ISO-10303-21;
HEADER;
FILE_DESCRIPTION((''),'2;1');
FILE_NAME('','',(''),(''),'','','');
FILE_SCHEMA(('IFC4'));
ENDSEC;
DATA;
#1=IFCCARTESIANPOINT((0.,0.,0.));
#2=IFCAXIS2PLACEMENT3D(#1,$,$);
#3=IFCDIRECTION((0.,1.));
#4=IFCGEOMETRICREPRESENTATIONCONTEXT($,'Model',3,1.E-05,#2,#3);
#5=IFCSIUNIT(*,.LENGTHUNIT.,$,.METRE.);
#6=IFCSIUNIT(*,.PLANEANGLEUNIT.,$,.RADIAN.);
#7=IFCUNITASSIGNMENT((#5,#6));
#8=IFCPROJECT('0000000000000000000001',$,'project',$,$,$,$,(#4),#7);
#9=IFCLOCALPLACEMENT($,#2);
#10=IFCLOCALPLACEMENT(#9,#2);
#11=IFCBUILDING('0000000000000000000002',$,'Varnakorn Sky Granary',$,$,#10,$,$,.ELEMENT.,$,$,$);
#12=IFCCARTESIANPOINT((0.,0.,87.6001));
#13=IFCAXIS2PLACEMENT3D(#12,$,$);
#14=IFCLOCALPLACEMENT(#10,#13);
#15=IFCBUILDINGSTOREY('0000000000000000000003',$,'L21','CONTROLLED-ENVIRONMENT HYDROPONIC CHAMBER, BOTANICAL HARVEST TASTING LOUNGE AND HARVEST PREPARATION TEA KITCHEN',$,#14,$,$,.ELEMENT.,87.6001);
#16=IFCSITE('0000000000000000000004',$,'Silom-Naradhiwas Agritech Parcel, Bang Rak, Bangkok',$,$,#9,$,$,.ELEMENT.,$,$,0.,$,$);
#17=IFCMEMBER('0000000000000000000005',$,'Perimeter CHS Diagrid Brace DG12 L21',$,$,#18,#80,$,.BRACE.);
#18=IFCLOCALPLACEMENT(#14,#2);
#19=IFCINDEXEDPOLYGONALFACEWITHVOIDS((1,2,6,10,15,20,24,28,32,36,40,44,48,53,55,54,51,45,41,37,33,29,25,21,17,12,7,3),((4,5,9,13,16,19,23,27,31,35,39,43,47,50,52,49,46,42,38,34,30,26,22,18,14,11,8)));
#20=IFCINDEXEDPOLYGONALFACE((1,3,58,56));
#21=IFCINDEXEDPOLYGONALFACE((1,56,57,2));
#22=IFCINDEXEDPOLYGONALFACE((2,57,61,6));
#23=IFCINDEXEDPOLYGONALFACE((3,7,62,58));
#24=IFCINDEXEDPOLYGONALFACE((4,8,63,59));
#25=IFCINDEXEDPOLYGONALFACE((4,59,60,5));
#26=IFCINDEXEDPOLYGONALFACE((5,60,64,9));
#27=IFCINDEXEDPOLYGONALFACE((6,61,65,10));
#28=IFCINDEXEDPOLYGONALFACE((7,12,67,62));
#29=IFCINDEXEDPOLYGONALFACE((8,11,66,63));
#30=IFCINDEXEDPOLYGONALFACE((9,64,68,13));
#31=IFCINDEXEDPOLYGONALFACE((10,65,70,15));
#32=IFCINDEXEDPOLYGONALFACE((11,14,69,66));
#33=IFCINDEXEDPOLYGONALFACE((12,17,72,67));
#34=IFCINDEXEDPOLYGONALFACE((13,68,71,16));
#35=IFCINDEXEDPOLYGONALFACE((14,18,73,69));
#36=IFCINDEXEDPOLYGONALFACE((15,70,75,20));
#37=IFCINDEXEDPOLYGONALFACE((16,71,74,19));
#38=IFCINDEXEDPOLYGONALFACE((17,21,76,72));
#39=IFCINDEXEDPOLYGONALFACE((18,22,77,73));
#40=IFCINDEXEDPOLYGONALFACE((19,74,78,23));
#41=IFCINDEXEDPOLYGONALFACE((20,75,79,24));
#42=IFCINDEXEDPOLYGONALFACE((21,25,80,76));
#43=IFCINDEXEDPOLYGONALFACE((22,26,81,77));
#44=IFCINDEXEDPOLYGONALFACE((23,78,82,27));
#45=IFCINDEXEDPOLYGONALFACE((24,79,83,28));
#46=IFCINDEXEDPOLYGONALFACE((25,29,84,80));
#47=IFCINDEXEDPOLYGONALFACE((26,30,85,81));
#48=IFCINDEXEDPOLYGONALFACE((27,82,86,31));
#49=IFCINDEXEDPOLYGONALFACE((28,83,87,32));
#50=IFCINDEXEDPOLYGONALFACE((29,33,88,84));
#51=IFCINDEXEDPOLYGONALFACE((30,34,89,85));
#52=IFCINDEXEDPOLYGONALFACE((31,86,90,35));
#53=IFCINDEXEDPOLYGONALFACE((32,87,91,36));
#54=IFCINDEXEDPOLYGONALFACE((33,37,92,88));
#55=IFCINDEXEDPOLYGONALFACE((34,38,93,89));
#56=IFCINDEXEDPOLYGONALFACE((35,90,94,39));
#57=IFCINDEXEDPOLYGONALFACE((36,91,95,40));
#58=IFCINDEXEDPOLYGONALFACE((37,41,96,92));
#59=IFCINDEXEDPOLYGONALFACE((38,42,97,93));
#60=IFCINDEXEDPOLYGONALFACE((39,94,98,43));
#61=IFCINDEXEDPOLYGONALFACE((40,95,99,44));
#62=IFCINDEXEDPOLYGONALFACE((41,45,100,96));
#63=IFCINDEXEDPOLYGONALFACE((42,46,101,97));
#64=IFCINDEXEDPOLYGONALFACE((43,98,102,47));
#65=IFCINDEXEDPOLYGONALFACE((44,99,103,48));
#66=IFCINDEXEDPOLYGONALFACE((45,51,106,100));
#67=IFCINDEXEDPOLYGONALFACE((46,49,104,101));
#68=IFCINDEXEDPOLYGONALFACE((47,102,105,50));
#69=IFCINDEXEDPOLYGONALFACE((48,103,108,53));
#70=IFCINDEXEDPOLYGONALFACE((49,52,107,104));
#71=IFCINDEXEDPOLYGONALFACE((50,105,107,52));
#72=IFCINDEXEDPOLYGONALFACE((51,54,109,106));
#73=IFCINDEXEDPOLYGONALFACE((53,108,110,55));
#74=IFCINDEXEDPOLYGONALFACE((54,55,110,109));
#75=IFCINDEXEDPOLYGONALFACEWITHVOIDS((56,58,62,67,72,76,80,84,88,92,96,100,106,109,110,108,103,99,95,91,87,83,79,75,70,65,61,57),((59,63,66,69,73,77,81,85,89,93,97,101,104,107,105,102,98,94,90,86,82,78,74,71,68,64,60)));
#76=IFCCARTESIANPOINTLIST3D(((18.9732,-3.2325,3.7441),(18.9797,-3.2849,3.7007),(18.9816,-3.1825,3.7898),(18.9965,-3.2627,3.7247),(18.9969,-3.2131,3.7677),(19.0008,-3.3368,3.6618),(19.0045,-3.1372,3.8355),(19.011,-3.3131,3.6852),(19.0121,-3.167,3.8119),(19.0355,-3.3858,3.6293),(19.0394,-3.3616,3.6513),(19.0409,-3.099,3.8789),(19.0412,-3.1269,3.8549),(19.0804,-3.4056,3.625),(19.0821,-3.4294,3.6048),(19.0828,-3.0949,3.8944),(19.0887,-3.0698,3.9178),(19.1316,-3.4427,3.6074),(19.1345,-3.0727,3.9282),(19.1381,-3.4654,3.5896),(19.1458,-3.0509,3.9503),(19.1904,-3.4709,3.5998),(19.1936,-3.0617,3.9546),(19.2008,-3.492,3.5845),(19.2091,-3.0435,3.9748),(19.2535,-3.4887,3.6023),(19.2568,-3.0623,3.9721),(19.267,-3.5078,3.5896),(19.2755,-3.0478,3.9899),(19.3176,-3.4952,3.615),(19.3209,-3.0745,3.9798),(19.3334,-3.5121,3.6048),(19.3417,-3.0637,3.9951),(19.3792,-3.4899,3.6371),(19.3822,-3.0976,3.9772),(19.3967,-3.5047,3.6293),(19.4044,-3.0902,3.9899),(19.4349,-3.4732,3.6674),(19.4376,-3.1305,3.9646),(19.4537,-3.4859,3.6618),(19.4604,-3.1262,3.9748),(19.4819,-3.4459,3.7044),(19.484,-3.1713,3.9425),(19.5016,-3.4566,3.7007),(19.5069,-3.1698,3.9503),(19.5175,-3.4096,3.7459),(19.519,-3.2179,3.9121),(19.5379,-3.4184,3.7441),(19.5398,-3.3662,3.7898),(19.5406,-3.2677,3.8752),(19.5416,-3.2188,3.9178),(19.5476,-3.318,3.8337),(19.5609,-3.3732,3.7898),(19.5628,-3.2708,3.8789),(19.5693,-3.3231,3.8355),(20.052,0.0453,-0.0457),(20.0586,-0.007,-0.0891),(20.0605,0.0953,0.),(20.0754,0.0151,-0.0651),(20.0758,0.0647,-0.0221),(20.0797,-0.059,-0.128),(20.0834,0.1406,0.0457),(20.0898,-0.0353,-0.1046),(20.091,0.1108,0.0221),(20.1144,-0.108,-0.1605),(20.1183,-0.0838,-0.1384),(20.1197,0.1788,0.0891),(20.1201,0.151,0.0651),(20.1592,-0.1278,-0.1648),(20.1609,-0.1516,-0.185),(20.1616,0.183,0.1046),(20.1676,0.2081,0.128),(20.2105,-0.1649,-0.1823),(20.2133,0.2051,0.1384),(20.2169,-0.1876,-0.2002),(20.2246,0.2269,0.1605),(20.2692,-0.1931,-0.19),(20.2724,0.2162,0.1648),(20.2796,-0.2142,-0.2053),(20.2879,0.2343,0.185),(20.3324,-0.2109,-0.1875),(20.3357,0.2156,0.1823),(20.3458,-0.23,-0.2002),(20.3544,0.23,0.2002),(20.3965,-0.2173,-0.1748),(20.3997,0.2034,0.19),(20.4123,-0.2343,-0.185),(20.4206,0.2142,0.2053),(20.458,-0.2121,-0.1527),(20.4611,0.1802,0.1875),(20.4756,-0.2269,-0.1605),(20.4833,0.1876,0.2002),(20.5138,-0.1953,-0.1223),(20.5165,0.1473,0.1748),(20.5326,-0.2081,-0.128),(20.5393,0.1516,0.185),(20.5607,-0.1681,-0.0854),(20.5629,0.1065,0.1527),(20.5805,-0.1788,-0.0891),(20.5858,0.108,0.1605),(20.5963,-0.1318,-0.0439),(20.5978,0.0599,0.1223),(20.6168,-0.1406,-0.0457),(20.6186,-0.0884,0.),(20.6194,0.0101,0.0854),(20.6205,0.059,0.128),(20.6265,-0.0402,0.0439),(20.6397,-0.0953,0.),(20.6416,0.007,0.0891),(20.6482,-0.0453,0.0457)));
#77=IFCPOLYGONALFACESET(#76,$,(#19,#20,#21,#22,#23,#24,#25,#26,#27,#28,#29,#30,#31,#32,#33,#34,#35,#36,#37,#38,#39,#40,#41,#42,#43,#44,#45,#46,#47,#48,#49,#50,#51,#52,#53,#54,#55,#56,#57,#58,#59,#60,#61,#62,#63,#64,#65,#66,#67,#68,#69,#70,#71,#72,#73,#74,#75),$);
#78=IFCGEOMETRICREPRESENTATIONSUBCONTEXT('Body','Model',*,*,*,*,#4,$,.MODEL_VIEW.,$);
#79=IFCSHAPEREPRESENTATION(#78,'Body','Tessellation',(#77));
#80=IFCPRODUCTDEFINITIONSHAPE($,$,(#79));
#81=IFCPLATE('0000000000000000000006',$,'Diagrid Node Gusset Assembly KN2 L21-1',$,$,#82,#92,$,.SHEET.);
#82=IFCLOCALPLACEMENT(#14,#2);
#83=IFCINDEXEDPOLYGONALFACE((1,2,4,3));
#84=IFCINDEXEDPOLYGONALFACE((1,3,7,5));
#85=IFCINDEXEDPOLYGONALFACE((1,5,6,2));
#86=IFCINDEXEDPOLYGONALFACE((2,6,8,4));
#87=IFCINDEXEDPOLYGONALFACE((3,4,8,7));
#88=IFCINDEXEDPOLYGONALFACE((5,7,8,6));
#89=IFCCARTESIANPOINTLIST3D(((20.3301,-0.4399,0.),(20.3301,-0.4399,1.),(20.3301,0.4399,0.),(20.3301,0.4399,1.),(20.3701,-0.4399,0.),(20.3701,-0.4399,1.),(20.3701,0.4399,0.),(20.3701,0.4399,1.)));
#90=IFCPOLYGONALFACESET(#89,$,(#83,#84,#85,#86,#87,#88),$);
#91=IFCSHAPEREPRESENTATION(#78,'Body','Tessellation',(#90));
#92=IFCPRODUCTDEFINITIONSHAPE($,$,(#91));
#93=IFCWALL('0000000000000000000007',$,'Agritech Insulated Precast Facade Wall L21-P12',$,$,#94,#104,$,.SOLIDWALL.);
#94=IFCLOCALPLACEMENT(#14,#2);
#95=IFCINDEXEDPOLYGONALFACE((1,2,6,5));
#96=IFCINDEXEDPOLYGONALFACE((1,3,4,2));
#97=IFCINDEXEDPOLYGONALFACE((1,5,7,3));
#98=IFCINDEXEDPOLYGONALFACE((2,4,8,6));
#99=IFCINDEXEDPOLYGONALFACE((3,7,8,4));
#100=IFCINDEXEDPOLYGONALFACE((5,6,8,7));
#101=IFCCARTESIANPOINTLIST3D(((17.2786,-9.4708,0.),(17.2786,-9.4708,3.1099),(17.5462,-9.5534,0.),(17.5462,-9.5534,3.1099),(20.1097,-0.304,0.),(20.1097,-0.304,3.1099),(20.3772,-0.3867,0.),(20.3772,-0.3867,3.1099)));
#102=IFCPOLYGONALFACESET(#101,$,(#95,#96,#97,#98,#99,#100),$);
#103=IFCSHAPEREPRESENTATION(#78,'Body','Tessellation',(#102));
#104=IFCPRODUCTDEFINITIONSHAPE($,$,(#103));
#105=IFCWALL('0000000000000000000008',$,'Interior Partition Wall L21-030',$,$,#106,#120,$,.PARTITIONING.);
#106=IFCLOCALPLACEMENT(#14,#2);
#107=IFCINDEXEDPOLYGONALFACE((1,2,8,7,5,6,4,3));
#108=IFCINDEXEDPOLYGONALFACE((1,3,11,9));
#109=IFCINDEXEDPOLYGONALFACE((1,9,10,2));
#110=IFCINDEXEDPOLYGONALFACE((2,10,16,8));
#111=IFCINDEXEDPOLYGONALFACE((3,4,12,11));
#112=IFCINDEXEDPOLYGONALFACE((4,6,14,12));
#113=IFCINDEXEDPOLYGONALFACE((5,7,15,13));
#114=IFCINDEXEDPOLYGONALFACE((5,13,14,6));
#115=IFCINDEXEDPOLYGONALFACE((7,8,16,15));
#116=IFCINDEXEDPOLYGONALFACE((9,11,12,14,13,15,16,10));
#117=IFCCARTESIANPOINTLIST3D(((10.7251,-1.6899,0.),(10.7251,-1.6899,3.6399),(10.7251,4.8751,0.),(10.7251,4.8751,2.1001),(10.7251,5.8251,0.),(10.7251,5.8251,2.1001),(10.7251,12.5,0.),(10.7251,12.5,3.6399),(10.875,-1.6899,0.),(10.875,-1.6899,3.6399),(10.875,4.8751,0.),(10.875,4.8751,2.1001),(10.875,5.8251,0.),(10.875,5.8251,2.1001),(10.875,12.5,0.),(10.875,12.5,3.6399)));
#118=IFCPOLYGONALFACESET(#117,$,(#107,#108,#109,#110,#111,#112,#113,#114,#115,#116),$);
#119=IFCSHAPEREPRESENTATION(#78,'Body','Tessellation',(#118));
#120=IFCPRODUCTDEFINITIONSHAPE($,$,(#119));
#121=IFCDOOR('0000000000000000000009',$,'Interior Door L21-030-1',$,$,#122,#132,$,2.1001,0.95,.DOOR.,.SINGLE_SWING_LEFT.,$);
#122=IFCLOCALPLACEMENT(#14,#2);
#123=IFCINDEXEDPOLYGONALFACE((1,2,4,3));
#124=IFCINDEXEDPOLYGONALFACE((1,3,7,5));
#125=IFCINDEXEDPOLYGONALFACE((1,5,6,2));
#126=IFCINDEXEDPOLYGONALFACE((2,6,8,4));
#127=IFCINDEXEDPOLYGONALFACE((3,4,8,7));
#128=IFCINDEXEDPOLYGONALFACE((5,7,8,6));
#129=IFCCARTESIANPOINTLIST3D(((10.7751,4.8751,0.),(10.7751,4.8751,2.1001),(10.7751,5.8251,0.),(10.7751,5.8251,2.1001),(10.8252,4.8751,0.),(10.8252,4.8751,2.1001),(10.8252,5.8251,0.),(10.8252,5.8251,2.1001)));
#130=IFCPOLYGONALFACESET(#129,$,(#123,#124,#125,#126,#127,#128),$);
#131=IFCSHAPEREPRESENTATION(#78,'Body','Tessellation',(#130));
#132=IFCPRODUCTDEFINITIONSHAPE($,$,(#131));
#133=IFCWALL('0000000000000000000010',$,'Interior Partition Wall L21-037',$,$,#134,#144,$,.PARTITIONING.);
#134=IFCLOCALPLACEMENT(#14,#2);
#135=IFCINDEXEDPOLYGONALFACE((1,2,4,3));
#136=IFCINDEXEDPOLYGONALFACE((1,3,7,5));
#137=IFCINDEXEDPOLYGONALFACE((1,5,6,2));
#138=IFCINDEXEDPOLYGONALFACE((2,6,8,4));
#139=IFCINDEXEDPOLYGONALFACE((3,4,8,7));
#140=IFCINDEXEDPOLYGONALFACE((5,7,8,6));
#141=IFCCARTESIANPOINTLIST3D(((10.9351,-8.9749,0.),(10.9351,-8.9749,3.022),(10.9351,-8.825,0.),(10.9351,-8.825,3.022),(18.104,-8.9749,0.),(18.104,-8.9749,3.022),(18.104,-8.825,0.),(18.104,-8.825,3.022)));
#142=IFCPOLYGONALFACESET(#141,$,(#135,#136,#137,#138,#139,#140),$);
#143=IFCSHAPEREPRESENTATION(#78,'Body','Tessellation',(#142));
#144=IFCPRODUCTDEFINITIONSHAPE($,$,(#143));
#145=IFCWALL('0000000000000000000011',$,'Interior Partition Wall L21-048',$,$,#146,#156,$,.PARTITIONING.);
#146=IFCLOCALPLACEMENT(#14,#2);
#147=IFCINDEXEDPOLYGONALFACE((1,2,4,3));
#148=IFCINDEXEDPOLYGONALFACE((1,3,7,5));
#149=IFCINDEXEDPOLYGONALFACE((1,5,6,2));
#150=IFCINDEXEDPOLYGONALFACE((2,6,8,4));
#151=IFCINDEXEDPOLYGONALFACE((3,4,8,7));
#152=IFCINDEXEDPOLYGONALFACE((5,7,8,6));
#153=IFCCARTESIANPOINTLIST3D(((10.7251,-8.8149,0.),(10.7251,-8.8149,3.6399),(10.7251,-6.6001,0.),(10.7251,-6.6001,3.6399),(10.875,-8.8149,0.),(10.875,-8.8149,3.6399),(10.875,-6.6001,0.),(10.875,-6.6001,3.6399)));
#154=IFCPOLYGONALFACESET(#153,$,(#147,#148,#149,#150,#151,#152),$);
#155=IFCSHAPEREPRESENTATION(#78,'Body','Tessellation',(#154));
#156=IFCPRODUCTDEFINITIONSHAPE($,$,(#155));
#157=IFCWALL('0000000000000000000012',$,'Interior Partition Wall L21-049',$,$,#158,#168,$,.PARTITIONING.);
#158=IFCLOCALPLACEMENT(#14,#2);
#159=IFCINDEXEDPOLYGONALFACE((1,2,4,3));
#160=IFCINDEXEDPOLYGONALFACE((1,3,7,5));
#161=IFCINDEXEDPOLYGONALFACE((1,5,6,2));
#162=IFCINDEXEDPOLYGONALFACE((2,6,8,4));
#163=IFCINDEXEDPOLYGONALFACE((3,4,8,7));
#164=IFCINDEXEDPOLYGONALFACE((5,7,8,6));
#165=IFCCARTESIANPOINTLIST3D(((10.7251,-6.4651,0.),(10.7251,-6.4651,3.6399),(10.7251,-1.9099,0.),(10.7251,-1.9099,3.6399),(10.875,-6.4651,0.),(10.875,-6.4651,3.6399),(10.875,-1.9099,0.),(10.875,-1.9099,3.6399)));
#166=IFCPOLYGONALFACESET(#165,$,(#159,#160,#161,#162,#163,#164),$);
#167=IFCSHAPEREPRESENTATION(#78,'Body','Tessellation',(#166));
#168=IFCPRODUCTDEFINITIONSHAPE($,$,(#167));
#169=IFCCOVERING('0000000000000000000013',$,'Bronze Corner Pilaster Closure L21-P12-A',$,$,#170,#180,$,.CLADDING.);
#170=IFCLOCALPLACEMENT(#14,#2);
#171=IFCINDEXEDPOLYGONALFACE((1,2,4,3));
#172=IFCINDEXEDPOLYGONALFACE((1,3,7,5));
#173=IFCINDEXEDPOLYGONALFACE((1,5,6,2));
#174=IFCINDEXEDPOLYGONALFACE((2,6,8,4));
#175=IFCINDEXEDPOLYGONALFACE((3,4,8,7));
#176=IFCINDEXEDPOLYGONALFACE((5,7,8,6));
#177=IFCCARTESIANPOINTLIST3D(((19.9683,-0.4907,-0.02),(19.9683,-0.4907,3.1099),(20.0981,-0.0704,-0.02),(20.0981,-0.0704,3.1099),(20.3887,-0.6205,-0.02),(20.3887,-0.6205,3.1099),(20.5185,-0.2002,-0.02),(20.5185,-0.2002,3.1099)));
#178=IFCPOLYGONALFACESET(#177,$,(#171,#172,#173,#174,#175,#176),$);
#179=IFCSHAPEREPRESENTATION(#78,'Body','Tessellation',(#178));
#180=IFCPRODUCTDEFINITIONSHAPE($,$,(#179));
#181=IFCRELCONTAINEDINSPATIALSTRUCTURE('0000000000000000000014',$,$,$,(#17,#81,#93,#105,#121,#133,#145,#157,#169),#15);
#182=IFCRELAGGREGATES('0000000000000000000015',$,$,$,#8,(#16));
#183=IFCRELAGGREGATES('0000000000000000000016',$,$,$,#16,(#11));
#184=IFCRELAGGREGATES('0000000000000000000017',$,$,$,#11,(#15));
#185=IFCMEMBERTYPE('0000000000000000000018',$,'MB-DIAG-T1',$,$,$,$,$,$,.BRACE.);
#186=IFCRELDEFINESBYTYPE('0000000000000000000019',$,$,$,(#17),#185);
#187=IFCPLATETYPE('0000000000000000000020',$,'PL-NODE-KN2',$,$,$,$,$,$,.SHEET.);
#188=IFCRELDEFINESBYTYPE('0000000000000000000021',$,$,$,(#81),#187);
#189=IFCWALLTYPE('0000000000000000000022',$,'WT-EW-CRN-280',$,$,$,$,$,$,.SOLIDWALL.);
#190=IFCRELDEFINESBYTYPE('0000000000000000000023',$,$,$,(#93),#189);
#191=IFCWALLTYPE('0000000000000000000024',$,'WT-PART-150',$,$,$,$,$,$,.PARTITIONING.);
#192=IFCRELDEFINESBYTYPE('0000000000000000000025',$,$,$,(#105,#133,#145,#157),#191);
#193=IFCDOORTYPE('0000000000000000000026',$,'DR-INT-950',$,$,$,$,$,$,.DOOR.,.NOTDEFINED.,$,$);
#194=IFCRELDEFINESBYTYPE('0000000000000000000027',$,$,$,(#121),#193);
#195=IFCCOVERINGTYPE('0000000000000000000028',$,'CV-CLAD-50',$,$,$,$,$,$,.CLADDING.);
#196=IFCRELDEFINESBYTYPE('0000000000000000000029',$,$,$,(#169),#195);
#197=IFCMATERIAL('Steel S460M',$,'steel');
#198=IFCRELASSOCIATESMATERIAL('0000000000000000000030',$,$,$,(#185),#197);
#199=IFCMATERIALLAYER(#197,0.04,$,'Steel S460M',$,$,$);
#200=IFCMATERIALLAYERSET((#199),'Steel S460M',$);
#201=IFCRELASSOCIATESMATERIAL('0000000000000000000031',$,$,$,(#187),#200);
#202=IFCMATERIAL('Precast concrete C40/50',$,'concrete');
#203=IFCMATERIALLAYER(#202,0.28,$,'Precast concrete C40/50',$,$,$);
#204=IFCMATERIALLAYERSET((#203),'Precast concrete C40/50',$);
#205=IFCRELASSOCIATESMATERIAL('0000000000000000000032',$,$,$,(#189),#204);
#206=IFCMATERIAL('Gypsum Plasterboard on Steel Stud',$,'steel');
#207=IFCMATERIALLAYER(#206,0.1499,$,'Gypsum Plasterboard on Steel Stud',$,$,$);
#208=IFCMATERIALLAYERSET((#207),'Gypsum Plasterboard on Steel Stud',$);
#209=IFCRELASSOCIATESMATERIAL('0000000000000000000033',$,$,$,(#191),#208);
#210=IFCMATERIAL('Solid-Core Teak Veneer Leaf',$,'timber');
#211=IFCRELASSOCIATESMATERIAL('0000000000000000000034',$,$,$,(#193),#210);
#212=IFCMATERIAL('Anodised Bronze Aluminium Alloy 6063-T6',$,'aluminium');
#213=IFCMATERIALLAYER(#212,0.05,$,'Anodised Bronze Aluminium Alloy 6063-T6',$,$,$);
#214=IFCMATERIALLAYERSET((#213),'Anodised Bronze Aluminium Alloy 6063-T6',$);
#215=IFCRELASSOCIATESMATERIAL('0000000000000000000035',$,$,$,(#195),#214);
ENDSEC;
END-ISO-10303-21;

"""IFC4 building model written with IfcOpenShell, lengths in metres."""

from ifc_helpers import new_model, si_unit, direction, frame, frame_2d, origin, origin_2d, place, context, subcontext, project, spatial, rectangle, hollow_circle, extrude, source, transform, mapped, material, layer, layer_set, material_profile, profile_set, type_object, type_shapes, element, fill, save


model = new_model("IFC4")

# Units and contexts
model_context = context("Model", 3, precision=1e-05, world=origin(), true_north=direction((0.0, 1.0)))
body_context = subcontext(model_context, "Body", "Model", "MODEL_VIEW")
ifc_project = project(units=[si_unit("LENGTHUNIT", "METRE"), si_unit("PLANEANGLEUNIT", "RADIAN")], contexts=[model_context])

# Site, building, storey
site_placement = place(None, origin())
site = spatial("IfcSite", under=ifc_project, at=site_placement, Name="Silom-Naradhiwas Agritech Parcel, Bang Rak, Bangkok", CompositionType="ELEMENT", RefElevation=0.0)
building_placement = place(site_placement, origin())
building = spatial("IfcBuilding", under=site, at=building_placement, Name="Varnakorn Sky Granary", CompositionType="ELEMENT")
storey_placement = place(building_placement, frame((0.0, 0.0, 87.6001)))
storey = spatial("IfcBuildingStorey", under=building, at=storey_placement, Name="L21", Description="CONTROLLED-ENVIRONMENT HYDROPONIC CHAMBER, BOTANICAL HARVEST TASTING LOUNGE AND HARVEST PREPARATION TEA KITCHEN", CompositionType="ELEMENT", Elevation=87.6001)

# Shared definitions
ifc_material_1 = material(Name="Steel S460M", Category="steel")

# Shared definitions
ifc_material_2 = material(Name="Anodised Bronze Aluminium Alloy 6063-T6", Category="aluminium")

# Member
ifc_material_profile_1 = material_profile(ifc_material_1, hollow_circle(Radius=0.3049, WallThickness=0.0222, at=origin_2d()), Name="CHS 610x22")
ifc_profile_set_1 = profile_set([ifc_material_profile_1], Name="Steel S460M")
member_type_1 = type_object("IfcMemberType", Name="MB-DIAG-T1", PredefinedType="BRACE", material=ifc_profile_set_1)
for number, where, z_axis, x_axis, name in (
    (1, (20.3501, 0.0, 0.0), (-0.210489, -0.639516, 0.739401), (0.949872, -0.312639, 0.0), "Perimeter CHS Diagrid Brace DG12 L21"),
):
    element("IfcMember", number, at=place(storey_placement, frame(where, z_axis=z_axis, x_axis=x_axis)), inside=storey, type_object=member_type_1, Name=name, PredefinedType="BRACE", context=body_context, shape_type="SweptSolid", body=[
        extrude(hollow_circle(Radius=0.3049, WallThickness=0.0222, at=origin_2d()), origin(), (0.0, 0.0, 1.0), 5.1255),
    ])

# Plate
ifc_layer_1 = layer(ifc_material_1, 0.04, Name="Steel S460M")
ifc_layer_set_1 = layer_set([ifc_layer_1], Name="Steel S460M")
plate_type = type_object("IfcPlateType", Name="PL-NODE-KN2", PredefinedType="SHEET", material=ifc_layer_set_1)
plate_placement = place(storey_placement, frame((20.3501, 0.0, 0.0), z_axis=(0.0, 0.0, 1.0), x_axis=(0.0, 1.0, 0.0)))
element("IfcPlate", 2, at=plate_placement, inside=storey, type_object=plate_type, Name="Diagrid Node Gusset Assembly KN2 L21-1", PredefinedType="SHEET", context=body_context, shape_type="SweptSolid", body=[
    extrude(rectangle(XDim=0.8799, YDim=0.04, at=origin_2d()), origin(), (0.0, 0.0, 1.0), 1.0),
])

# Wall
ifc_material_3 = material(Name="Precast concrete C40/50", Category="concrete")
ifc_layer_2 = layer(ifc_material_3, 0.28, Name="Precast concrete C40/50")
ifc_layer_set_2 = layer_set([ifc_layer_2], Name="Precast concrete C40/50")
wall_type_1 = type_object("IfcWallType", Name="WT-EW-CRN-280", PredefinedType="SOLIDWALL", material=ifc_layer_set_2)
wall_1_placement = place(storey_placement, frame((20.2434, -0.3455, 0.0), z_axis=(0.0, 0.0, 1.0), x_axis=(-0.295087, -0.95547, 0.0)))
element("IfcWall", 3, at=wall_1_placement, inside=storey, type_object=wall_type_1, Name="Agritech Insulated Precast Facade Wall L21-P12", PredefinedType="SOLIDWALL", context=body_context, shape_type="SweptSolid", body=[
    extrude(rectangle(XDim=9.594, YDim=0.28, at=frame_2d((4.7969, 0.0))), origin(), (0.0, 0.0, 1.0), 3.1099),
])

# Wall, opening, door
ifc_material_4 = material(Name="Gypsum Plasterboard on Steel Stud", Category="steel")
ifc_layer_3 = layer(ifc_material_4, 0.1499, Name="Gypsum Plasterboard on Steel Stud")
ifc_layer_set_3 = layer_set([ifc_layer_3], Name="Gypsum Plasterboard on Steel Stud")
wall_type_2 = type_object("IfcWallType", Name="WT-PART-150", PredefinedType="PARTITIONING", material=ifc_layer_set_3)
wall_2_placement = place(storey_placement, frame((10.8, -1.6899, 0.0), z_axis=(0.0, 0.0, 1.0), x_axis=(0.0, 1.0, 0.0)))
wall_2 = element("IfcWall", 4, at=wall_2_placement, inside=storey, type_object=wall_type_2, Name="Interior Partition Wall L21-030", PredefinedType="PARTITIONING", context=body_context, shape_type="SweptSolid", body=[
    extrude(rectangle(XDim=14.1899, YDim=0.1499, at=frame_2d((7.095, 0.0))), origin(), (0.0, 0.0, 1.0), 3.6399),
])
opening_placement = place(wall_2_placement, frame((6.5649, 0.0, 0.0)))
opening = element("IfcOpeningElement", 5, at=opening_placement, cuts=wall_2, PredefinedType="OPENING", context=body_context, shape_type="SweptSolid", body=[
    extrude(rectangle(XDim=0.95, YDim=2.1001, at=frame_2d((0.4751, 1.05))), frame((0.0, 0.085, 0.0), z_axis=(0.0, -1.0, 0.0), x_axis=(1.0, 0.0, 0.0)), (0.0, 0.0, 1.0), 0.1699),
])
ifc_material_5 = material(Name="Solid-Core Teak Veneer Leaf", Category="timber")
door_type = type_object("IfcDoorType", Name="DR-INT-950", OperationType="NOTDEFINED", PredefinedType="DOOR", material=ifc_material_5)
door_placement = place(opening_placement, origin())
door = element("IfcDoor", 6, at=door_placement, inside=storey, type_object=door_type, Name="Interior Door L21-030-1", OperationType="SINGLE_SWING_LEFT", OverallHeight=2.1001, OverallWidth=0.95, PredefinedType="DOOR", context=body_context, shape_type="SweptSolid", body=[
    extrude(rectangle(XDim=0.95, YDim=2.1001, at=frame_2d((0.4751, 1.05))), frame((0.0, 0.0249, 0.0), z_axis=(0.0, -1.0, 0.0), x_axis=(1.0, 0.0, 0.0)), (0.0, 0.0, 1.0), 0.05),
])
fill(opening, door)

# Walls
wall_3_placement = place(storey_placement, frame((10.9351, -8.8999, 0.0), z_axis=(0.0, 0.0, 1.0), x_axis=(1.0, 0.0, 0.0)))
element("IfcWall", 7, at=wall_3_placement, inside=storey, type_object=wall_type_2, Name="Interior Partition Wall L21-037", PredefinedType="PARTITIONING", context=body_context, shape_type="SweptSolid", body=[
    extrude(rectangle(XDim=7.1689, YDim=0.1499, at=frame_2d((3.5845, 0.0))), origin(), (0.0, 0.0, 1.0), 3.022),
])
wall_4_placement = place(storey_placement, frame((10.8, -8.8149, 0.0), z_axis=(0.0, 0.0, 1.0), x_axis=(0.0, 1.0, 0.0)))
element("IfcWall", 8, at=wall_4_placement, inside=storey, type_object=wall_type_2, Name="Interior Partition Wall L21-048", PredefinedType="PARTITIONING", context=body_context, shape_type="SweptSolid", body=[
    extrude(rectangle(XDim=2.2148, YDim=0.1499, at=frame_2d((1.1074, 0.0))), origin(), (0.0, 0.0, 1.0), 3.6399),
])
wall_5_placement = place(storey_placement, frame((10.8, -6.4651, 0.0), z_axis=(0.0, 0.0, 1.0), x_axis=(0.0, 1.0, 0.0)))
element("IfcWall", 9, at=wall_5_placement, inside=storey, type_object=wall_type_2, Name="Interior Partition Wall L21-049", PredefinedType="PARTITIONING", context=body_context, shape_type="SweptSolid", body=[
    extrude(rectangle(XDim=4.5552, YDim=0.1499, at=frame_2d((2.2776, 0.0))), origin(), (0.0, 0.0, 1.0), 3.6399),
])

# Covering
ifc_layer_4 = layer(ifc_material_2, 0.05, Name="Anodised Bronze Aluminium Alloy 6063-T6")
ifc_layer_set_4 = layer_set([ifc_layer_4], Name="Anodised Bronze Aluminium Alloy 6063-T6")
covering_type = type_object("IfcCoveringType", Name="CV-CLAD-50", PredefinedType="CLADDING", material=ifc_layer_set_4)
shared_shape = source(origin(), body_context, "Body", "SweptSolid", [
    extrude(rectangle(XDim=0.4399, YDim=0.4399, at=origin_2d()), origin(), (0.0, 0.0, 1.0), 3.1299),
])
type_shapes(covering_type, [shared_shape])
for number, where, z_axis, x_axis, name in (
    (10, (20.2434, -0.3455, -0.02), (0.0, 0.0, 1.0), (-0.295041, -0.955485, 0.0), "Bronze Corner Pilaster Closure L21-P12-A"),
):
    element("IfcCovering", number, at=place(storey_placement, frame(where, z_axis=z_axis, x_axis=x_axis)), inside=storey, type_object=covering_type, Name=name, PredefinedType="CLADDING", context=body_context, shape_type="MappedRepresentation", body=[
        mapped(shared_shape, transform((0.0, 0.0, 0.0), x_axis=(1.0, 0.0, 0.0), y_axis=(0.0, 1.0, 0.0), z_axis=(0.0, 0.0, 1.0), scale=1.0)),
    ])

save(model, "model.ifc")
